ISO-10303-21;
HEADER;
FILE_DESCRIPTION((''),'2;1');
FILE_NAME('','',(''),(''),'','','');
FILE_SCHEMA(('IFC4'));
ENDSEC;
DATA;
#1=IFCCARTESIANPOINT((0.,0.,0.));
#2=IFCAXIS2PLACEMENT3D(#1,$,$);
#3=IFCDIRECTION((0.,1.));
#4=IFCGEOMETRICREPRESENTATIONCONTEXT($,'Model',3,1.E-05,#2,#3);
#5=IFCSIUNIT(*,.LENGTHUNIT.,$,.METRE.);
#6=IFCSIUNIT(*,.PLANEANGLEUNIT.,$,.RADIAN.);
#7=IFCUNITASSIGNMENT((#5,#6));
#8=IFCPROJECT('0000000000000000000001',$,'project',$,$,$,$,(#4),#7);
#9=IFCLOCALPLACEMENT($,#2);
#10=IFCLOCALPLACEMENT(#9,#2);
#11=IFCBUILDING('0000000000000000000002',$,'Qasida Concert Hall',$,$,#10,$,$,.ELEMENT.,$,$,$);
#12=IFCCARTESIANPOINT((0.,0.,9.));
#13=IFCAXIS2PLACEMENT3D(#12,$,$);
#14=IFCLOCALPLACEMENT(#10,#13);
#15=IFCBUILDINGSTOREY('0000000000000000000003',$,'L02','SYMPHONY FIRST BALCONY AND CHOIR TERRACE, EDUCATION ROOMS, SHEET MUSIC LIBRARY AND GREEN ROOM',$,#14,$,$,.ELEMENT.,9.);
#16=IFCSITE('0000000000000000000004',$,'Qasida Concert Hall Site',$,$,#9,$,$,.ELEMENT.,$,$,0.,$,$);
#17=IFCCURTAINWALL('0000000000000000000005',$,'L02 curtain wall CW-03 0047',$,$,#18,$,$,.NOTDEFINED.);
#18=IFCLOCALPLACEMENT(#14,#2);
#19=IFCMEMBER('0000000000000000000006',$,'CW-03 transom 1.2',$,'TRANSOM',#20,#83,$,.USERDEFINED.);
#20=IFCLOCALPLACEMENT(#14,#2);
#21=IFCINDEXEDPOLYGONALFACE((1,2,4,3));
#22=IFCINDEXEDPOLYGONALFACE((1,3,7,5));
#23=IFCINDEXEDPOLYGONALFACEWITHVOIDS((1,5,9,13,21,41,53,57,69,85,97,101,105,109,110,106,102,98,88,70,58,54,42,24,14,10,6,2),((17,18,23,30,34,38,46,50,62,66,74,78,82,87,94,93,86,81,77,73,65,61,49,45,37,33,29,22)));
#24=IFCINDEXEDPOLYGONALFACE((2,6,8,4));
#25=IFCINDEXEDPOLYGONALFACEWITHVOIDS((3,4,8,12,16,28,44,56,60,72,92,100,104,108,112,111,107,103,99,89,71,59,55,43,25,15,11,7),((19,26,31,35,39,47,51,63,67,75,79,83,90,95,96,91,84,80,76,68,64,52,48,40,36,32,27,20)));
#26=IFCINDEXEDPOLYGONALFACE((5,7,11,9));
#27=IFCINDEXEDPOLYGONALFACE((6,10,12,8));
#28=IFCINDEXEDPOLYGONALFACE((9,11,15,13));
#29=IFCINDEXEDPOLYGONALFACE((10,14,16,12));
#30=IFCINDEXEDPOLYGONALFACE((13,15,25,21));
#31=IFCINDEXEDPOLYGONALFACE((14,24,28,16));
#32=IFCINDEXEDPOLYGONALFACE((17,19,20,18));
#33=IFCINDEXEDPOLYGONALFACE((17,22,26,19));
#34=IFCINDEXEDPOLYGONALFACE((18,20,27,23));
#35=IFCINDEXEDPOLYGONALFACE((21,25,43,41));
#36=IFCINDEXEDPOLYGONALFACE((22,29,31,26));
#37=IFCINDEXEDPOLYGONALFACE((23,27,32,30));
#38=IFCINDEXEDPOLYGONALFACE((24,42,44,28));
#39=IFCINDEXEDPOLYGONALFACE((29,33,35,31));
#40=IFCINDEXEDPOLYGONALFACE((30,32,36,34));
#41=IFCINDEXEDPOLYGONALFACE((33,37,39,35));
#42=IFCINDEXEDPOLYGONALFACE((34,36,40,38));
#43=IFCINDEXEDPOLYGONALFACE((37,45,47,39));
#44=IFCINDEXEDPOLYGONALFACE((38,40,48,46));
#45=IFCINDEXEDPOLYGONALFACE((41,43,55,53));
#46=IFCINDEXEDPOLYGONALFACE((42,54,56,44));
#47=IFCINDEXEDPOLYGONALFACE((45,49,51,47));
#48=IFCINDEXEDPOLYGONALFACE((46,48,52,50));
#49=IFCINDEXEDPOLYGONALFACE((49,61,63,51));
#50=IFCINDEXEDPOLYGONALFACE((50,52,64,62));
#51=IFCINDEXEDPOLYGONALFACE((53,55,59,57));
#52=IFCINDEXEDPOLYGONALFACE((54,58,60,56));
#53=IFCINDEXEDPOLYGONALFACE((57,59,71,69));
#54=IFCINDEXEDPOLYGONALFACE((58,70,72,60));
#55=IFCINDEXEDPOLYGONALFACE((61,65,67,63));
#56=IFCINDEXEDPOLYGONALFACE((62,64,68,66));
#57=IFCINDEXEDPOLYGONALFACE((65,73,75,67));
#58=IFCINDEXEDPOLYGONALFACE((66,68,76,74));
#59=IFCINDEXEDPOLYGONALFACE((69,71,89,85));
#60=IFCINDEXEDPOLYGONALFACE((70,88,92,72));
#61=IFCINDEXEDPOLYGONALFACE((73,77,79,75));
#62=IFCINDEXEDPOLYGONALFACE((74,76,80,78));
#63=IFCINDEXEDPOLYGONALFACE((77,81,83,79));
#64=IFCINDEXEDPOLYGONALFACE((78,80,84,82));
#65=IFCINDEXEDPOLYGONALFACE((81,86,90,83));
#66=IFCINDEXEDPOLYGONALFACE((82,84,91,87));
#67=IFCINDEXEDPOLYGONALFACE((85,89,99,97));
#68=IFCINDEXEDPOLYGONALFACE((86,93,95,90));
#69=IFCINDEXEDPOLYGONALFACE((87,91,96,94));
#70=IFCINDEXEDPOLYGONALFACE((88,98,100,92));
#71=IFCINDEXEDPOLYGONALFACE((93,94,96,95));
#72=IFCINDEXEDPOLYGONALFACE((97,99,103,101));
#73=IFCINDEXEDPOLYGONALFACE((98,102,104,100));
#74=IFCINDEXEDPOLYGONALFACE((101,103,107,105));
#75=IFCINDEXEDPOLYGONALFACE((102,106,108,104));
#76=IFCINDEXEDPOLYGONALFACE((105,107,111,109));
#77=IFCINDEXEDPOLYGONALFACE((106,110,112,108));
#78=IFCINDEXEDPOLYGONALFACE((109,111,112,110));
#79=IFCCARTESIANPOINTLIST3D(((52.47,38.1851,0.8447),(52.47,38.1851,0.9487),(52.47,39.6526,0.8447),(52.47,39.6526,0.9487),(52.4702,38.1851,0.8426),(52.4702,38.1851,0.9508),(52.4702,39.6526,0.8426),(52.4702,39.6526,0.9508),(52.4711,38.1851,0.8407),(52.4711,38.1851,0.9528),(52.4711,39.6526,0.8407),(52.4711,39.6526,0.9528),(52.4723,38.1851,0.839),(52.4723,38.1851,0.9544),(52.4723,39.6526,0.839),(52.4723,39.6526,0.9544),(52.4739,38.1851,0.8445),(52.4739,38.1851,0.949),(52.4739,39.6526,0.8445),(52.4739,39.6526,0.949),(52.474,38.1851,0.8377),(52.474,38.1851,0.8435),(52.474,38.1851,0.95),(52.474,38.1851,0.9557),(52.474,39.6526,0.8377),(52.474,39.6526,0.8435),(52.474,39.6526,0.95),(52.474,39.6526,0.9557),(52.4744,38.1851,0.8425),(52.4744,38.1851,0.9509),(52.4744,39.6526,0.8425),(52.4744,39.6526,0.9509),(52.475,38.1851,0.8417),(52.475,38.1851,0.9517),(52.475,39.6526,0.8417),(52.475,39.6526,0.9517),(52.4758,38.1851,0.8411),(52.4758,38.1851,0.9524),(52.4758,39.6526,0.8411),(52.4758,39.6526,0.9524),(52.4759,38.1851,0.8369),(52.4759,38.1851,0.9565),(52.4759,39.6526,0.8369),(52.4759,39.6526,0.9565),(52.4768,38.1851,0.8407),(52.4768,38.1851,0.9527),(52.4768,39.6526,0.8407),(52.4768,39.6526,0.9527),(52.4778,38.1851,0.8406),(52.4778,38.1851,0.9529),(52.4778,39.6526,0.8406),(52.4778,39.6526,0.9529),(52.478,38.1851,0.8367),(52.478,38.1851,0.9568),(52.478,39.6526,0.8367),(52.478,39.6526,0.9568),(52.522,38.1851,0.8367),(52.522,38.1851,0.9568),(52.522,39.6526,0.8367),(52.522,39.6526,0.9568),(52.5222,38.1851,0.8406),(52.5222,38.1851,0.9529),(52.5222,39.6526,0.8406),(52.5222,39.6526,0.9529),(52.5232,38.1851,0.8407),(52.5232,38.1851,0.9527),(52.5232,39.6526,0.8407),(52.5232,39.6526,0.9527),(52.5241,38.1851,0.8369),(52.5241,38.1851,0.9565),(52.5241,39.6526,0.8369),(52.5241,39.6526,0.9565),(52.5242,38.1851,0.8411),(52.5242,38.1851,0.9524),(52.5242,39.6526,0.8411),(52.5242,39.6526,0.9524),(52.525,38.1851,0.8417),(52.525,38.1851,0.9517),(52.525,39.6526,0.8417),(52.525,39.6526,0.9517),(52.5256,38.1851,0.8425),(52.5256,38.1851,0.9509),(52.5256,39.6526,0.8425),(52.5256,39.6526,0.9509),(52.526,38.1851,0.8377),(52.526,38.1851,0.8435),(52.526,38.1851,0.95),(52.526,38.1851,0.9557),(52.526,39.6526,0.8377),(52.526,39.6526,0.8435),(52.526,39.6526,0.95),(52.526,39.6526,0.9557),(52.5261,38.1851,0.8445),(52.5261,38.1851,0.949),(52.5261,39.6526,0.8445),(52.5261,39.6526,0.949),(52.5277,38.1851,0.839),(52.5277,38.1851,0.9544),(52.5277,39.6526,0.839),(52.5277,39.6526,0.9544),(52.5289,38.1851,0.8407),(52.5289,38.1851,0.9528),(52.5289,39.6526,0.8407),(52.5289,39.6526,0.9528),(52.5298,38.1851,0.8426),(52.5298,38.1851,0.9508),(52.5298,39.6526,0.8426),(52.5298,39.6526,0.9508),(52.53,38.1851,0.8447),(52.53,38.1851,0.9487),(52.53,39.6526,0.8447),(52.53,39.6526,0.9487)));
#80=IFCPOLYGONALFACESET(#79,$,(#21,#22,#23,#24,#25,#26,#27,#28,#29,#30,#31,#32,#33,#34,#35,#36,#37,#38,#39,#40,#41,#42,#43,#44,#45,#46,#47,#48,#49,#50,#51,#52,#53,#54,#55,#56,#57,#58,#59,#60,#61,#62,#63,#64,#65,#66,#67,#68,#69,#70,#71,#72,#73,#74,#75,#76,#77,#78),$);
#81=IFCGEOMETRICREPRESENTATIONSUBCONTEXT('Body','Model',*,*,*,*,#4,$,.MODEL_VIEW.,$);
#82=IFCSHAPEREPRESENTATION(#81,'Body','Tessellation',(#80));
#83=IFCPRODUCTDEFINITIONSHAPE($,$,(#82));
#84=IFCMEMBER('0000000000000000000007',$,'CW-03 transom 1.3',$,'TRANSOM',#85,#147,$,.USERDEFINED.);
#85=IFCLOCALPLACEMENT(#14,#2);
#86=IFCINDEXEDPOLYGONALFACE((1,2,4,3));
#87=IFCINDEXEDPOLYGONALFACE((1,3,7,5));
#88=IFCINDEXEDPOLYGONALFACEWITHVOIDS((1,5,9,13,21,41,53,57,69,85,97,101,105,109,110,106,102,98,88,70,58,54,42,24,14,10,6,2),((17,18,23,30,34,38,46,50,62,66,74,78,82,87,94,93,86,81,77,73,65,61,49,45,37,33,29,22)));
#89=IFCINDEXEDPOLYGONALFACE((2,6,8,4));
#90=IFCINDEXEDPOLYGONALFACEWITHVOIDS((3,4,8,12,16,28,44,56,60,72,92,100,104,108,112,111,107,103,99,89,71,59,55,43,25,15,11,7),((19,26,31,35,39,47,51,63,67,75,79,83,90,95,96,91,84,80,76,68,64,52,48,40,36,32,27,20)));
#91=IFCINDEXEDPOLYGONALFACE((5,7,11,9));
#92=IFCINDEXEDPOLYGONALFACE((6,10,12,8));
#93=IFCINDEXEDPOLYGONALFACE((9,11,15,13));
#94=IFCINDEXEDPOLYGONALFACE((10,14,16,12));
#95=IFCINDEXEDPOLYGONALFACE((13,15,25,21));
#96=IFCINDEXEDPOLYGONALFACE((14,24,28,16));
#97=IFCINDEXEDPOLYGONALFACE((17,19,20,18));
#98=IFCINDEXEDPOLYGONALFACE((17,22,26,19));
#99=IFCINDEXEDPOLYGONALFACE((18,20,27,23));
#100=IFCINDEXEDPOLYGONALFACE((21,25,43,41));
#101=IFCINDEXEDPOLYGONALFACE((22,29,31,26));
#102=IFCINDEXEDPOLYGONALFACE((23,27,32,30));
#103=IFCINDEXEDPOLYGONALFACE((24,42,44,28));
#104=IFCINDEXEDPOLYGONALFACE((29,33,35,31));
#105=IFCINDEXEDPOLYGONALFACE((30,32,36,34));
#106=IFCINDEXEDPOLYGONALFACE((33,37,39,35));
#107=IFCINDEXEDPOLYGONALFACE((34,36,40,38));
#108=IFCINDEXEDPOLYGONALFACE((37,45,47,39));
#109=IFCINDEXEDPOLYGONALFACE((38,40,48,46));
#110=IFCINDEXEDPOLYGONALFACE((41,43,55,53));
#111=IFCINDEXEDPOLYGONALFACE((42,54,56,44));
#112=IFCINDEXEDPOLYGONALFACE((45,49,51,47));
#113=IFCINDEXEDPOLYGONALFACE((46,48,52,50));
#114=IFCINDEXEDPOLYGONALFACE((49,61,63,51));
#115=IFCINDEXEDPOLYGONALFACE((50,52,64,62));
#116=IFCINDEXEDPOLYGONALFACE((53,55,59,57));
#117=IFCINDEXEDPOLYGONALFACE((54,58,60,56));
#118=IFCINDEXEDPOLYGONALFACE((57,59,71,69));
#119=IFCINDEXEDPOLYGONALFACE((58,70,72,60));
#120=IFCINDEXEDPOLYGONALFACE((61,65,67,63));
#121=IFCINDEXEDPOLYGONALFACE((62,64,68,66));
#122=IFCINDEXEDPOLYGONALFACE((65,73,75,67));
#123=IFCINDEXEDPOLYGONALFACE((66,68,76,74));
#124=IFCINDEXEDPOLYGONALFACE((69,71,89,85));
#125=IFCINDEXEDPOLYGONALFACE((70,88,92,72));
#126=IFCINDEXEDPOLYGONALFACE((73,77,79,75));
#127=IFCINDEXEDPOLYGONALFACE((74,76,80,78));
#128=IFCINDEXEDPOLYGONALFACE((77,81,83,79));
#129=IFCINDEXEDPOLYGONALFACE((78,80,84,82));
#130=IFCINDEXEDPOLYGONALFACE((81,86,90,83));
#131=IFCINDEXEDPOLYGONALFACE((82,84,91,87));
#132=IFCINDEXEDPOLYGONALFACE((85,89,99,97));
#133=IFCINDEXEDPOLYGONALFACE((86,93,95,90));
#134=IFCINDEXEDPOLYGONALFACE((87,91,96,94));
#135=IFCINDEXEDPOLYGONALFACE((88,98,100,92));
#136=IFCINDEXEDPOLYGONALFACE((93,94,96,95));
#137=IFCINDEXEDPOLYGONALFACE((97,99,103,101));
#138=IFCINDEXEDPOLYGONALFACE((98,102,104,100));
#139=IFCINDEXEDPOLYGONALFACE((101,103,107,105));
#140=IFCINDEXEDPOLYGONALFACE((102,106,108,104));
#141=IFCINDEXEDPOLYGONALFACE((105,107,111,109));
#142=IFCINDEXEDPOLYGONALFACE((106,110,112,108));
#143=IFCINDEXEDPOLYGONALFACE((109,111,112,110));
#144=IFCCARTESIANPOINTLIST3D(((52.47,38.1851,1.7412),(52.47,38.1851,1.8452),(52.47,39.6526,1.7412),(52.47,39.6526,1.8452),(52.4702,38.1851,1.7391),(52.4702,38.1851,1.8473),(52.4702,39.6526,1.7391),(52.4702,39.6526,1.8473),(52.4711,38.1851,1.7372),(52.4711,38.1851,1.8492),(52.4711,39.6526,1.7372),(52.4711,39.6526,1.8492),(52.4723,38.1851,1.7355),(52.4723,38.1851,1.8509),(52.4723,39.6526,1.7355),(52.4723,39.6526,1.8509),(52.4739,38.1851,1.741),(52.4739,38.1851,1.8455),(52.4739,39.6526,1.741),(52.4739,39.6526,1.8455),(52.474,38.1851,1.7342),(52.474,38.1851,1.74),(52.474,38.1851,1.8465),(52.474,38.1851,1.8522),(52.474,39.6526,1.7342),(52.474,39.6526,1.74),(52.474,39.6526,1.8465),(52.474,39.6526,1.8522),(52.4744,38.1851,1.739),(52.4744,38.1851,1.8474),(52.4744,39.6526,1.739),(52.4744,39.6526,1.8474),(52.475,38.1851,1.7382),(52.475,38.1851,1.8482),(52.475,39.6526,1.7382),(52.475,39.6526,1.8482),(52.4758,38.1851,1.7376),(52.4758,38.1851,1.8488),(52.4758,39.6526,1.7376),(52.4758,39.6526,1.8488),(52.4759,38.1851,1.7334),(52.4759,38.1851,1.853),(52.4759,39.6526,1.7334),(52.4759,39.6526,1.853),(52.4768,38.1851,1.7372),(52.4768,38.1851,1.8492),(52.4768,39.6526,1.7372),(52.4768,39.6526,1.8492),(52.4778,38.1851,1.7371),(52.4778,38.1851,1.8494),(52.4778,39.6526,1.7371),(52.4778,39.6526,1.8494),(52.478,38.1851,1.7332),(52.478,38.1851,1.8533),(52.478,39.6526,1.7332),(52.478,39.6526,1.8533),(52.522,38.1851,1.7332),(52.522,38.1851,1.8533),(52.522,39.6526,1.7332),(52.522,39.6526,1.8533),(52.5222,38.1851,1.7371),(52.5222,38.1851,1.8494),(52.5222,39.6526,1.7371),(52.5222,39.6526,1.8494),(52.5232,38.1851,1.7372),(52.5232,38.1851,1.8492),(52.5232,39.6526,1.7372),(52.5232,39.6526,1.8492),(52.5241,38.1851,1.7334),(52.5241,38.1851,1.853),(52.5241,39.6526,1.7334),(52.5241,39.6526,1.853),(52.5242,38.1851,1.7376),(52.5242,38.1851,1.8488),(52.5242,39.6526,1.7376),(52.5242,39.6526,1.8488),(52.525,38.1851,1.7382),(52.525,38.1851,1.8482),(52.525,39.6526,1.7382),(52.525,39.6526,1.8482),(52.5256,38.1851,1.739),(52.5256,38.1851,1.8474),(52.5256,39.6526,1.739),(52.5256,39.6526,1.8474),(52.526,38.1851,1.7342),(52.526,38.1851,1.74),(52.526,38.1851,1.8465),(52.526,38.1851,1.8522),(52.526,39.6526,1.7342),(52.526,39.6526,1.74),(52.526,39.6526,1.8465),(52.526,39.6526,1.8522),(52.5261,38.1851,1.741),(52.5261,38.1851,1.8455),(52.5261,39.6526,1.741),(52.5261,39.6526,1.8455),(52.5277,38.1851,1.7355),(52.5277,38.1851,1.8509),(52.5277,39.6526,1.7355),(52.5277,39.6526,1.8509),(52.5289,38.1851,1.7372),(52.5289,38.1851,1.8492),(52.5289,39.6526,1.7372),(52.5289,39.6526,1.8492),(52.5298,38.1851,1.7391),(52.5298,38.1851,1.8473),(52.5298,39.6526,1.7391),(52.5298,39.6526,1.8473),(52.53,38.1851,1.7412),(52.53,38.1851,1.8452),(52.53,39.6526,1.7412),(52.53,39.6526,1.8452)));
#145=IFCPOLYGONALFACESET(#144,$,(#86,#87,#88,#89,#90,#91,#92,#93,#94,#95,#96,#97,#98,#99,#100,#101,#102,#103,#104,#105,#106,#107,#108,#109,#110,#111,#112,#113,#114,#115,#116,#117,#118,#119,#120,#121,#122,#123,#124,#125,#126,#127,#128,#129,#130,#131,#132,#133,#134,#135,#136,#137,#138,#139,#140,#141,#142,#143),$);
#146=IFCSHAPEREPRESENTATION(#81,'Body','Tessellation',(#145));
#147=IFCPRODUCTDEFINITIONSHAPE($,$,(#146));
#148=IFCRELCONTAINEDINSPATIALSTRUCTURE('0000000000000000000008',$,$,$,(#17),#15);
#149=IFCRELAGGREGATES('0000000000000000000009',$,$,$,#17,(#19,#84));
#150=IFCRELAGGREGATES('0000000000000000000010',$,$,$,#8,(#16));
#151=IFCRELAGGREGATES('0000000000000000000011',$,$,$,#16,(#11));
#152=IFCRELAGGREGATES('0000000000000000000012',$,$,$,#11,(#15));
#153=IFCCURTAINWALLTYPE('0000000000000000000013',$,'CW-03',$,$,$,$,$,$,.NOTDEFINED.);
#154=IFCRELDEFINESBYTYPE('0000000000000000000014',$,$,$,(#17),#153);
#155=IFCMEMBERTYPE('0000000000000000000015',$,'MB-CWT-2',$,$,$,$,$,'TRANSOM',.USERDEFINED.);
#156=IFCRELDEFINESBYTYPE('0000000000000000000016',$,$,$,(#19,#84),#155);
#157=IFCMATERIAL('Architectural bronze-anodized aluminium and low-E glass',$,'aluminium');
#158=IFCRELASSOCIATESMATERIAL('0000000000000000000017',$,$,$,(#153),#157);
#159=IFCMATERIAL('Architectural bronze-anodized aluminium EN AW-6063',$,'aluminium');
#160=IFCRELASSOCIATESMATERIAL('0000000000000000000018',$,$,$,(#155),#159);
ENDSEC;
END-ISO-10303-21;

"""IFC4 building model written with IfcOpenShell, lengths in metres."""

from ifc_helpers import new_model, si_unit, direction, frame, origin, origin_2d, place, context, subcontext, project, spatial, hollow_rectangle, extrude, material, material_profile, profile_set, type_object, element, aggregate, save


model = new_model("IFC4")

# Units and contexts
model_context = context("Model", 3, precision=1e-05, world=origin(), true_north=direction((0.0, 1.0)))
body_context = subcontext(model_context, "Body", "Model", "MODEL_VIEW")
ifc_project = project(units=[si_unit("LENGTHUNIT", "METRE"), si_unit("PLANEANGLEUNIT", "RADIAN")], contexts=[model_context])

# Site, building, storey
site_placement = place(None, origin())
site = spatial("IfcSite", under=ifc_project, at=site_placement, Name="Qasida Concert Hall Site", CompositionType="ELEMENT", RefElevation=0.0)
building_placement = place(site_placement, origin())
building = spatial("IfcBuilding", under=site, at=building_placement, Name="Qasida Concert Hall", CompositionType="ELEMENT")
storey_placement = place(building_placement, frame((0.0, 0.0, 9.0)))
storey = spatial("IfcBuildingStorey", under=building, at=storey_placement, Name="L02", Description="SYMPHONY FIRST BALCONY AND CHOIR TERRACE, EDUCATION ROOMS, SHEET MUSIC LIBRARY AND GREEN ROOM", CompositionType="ELEMENT", Elevation=9.0)

# Curtain wall
ifc_material_1 = material(Name="Architectural bronze-anodized aluminium and low-E glass", Category="aluminium")
curtain_wall_type_1 = type_object("IfcCurtainWallType", Name="CW-03", PredefinedType="NOTDEFINED", material=ifc_material_1)
curtain_wall_1_placement = place(storey_placement, origin())
curtain_wall_1 = element("IfcCurtainWall", 1, at=curtain_wall_1_placement, inside=storey, type_object=curtain_wall_type_1, Name="L02 curtain wall CW-03 0047", PredefinedType="NOTDEFINED")
ifc_material_2 = material(Name="Architectural bronze-anodized aluminium EN AW-6063", Category="aluminium")

# Members
ifc_material_profile_1 = material_profile(ifc_material_2, hollow_rectangle(XDim=0.0601, YDim=0.1201, WallThickness=0.0039, InnerFilletRadius=0.0039, OuterFilletRadius=0.0081, at=origin_2d()), Name="CWT 120x60x4")
ifc_profile_set_1 = profile_set([ifc_material_profile_1], Name="Architectural bronze-anodized aluminium EN AW-6063")
member_type_1 = type_object("IfcMemberType", Name="MB-CWT-2", ElementType="TRANSOM", PredefinedType="USERDEFINED", material=ifc_profile_set_1)
member_1_placement = place(storey_placement, frame((52.5, 38.1851, 0.8967), z_axis=(0.0, 1.0, 0.0), x_axis=(-1.0, 0.0, 0.0)))
member_1 = element("IfcMember", 2, at=member_1_placement, type_object=member_type_1, Name="CW-03 transom 1.2", ObjectType="TRANSOM", PredefinedType="USERDEFINED", context=body_context, shape_type="SweptSolid", body=[
    extrude(hollow_rectangle(XDim=0.0601, YDim=0.1201, WallThickness=0.0039, InnerFilletRadius=0.0039, OuterFilletRadius=0.0081, at=origin_2d()), origin(), (0.0, 0.0, 1.0), 1.4675),
])
member_2_placement = place(storey_placement, frame((52.5, 38.1851, 1.7932), z_axis=(0.0, 1.0, 0.0), x_axis=(-1.0, 0.0, 0.0)))
member_2 = element("IfcMember", 3, at=member_2_placement, type_object=member_type_1, Name="CW-03 transom 1.3", ObjectType="TRANSOM", PredefinedType="USERDEFINED", context=body_context, shape_type="SweptSolid", body=[
    extrude(hollow_rectangle(XDim=0.0601, YDim=0.1201, WallThickness=0.0039, InnerFilletRadius=0.0039, OuterFilletRadius=0.0081, at=origin_2d()), origin(), (0.0, 0.0, 1.0), 1.4675),
])

aggregate(curtain_wall_1, [member_1, member_2])

save(model, "model.ifc")
